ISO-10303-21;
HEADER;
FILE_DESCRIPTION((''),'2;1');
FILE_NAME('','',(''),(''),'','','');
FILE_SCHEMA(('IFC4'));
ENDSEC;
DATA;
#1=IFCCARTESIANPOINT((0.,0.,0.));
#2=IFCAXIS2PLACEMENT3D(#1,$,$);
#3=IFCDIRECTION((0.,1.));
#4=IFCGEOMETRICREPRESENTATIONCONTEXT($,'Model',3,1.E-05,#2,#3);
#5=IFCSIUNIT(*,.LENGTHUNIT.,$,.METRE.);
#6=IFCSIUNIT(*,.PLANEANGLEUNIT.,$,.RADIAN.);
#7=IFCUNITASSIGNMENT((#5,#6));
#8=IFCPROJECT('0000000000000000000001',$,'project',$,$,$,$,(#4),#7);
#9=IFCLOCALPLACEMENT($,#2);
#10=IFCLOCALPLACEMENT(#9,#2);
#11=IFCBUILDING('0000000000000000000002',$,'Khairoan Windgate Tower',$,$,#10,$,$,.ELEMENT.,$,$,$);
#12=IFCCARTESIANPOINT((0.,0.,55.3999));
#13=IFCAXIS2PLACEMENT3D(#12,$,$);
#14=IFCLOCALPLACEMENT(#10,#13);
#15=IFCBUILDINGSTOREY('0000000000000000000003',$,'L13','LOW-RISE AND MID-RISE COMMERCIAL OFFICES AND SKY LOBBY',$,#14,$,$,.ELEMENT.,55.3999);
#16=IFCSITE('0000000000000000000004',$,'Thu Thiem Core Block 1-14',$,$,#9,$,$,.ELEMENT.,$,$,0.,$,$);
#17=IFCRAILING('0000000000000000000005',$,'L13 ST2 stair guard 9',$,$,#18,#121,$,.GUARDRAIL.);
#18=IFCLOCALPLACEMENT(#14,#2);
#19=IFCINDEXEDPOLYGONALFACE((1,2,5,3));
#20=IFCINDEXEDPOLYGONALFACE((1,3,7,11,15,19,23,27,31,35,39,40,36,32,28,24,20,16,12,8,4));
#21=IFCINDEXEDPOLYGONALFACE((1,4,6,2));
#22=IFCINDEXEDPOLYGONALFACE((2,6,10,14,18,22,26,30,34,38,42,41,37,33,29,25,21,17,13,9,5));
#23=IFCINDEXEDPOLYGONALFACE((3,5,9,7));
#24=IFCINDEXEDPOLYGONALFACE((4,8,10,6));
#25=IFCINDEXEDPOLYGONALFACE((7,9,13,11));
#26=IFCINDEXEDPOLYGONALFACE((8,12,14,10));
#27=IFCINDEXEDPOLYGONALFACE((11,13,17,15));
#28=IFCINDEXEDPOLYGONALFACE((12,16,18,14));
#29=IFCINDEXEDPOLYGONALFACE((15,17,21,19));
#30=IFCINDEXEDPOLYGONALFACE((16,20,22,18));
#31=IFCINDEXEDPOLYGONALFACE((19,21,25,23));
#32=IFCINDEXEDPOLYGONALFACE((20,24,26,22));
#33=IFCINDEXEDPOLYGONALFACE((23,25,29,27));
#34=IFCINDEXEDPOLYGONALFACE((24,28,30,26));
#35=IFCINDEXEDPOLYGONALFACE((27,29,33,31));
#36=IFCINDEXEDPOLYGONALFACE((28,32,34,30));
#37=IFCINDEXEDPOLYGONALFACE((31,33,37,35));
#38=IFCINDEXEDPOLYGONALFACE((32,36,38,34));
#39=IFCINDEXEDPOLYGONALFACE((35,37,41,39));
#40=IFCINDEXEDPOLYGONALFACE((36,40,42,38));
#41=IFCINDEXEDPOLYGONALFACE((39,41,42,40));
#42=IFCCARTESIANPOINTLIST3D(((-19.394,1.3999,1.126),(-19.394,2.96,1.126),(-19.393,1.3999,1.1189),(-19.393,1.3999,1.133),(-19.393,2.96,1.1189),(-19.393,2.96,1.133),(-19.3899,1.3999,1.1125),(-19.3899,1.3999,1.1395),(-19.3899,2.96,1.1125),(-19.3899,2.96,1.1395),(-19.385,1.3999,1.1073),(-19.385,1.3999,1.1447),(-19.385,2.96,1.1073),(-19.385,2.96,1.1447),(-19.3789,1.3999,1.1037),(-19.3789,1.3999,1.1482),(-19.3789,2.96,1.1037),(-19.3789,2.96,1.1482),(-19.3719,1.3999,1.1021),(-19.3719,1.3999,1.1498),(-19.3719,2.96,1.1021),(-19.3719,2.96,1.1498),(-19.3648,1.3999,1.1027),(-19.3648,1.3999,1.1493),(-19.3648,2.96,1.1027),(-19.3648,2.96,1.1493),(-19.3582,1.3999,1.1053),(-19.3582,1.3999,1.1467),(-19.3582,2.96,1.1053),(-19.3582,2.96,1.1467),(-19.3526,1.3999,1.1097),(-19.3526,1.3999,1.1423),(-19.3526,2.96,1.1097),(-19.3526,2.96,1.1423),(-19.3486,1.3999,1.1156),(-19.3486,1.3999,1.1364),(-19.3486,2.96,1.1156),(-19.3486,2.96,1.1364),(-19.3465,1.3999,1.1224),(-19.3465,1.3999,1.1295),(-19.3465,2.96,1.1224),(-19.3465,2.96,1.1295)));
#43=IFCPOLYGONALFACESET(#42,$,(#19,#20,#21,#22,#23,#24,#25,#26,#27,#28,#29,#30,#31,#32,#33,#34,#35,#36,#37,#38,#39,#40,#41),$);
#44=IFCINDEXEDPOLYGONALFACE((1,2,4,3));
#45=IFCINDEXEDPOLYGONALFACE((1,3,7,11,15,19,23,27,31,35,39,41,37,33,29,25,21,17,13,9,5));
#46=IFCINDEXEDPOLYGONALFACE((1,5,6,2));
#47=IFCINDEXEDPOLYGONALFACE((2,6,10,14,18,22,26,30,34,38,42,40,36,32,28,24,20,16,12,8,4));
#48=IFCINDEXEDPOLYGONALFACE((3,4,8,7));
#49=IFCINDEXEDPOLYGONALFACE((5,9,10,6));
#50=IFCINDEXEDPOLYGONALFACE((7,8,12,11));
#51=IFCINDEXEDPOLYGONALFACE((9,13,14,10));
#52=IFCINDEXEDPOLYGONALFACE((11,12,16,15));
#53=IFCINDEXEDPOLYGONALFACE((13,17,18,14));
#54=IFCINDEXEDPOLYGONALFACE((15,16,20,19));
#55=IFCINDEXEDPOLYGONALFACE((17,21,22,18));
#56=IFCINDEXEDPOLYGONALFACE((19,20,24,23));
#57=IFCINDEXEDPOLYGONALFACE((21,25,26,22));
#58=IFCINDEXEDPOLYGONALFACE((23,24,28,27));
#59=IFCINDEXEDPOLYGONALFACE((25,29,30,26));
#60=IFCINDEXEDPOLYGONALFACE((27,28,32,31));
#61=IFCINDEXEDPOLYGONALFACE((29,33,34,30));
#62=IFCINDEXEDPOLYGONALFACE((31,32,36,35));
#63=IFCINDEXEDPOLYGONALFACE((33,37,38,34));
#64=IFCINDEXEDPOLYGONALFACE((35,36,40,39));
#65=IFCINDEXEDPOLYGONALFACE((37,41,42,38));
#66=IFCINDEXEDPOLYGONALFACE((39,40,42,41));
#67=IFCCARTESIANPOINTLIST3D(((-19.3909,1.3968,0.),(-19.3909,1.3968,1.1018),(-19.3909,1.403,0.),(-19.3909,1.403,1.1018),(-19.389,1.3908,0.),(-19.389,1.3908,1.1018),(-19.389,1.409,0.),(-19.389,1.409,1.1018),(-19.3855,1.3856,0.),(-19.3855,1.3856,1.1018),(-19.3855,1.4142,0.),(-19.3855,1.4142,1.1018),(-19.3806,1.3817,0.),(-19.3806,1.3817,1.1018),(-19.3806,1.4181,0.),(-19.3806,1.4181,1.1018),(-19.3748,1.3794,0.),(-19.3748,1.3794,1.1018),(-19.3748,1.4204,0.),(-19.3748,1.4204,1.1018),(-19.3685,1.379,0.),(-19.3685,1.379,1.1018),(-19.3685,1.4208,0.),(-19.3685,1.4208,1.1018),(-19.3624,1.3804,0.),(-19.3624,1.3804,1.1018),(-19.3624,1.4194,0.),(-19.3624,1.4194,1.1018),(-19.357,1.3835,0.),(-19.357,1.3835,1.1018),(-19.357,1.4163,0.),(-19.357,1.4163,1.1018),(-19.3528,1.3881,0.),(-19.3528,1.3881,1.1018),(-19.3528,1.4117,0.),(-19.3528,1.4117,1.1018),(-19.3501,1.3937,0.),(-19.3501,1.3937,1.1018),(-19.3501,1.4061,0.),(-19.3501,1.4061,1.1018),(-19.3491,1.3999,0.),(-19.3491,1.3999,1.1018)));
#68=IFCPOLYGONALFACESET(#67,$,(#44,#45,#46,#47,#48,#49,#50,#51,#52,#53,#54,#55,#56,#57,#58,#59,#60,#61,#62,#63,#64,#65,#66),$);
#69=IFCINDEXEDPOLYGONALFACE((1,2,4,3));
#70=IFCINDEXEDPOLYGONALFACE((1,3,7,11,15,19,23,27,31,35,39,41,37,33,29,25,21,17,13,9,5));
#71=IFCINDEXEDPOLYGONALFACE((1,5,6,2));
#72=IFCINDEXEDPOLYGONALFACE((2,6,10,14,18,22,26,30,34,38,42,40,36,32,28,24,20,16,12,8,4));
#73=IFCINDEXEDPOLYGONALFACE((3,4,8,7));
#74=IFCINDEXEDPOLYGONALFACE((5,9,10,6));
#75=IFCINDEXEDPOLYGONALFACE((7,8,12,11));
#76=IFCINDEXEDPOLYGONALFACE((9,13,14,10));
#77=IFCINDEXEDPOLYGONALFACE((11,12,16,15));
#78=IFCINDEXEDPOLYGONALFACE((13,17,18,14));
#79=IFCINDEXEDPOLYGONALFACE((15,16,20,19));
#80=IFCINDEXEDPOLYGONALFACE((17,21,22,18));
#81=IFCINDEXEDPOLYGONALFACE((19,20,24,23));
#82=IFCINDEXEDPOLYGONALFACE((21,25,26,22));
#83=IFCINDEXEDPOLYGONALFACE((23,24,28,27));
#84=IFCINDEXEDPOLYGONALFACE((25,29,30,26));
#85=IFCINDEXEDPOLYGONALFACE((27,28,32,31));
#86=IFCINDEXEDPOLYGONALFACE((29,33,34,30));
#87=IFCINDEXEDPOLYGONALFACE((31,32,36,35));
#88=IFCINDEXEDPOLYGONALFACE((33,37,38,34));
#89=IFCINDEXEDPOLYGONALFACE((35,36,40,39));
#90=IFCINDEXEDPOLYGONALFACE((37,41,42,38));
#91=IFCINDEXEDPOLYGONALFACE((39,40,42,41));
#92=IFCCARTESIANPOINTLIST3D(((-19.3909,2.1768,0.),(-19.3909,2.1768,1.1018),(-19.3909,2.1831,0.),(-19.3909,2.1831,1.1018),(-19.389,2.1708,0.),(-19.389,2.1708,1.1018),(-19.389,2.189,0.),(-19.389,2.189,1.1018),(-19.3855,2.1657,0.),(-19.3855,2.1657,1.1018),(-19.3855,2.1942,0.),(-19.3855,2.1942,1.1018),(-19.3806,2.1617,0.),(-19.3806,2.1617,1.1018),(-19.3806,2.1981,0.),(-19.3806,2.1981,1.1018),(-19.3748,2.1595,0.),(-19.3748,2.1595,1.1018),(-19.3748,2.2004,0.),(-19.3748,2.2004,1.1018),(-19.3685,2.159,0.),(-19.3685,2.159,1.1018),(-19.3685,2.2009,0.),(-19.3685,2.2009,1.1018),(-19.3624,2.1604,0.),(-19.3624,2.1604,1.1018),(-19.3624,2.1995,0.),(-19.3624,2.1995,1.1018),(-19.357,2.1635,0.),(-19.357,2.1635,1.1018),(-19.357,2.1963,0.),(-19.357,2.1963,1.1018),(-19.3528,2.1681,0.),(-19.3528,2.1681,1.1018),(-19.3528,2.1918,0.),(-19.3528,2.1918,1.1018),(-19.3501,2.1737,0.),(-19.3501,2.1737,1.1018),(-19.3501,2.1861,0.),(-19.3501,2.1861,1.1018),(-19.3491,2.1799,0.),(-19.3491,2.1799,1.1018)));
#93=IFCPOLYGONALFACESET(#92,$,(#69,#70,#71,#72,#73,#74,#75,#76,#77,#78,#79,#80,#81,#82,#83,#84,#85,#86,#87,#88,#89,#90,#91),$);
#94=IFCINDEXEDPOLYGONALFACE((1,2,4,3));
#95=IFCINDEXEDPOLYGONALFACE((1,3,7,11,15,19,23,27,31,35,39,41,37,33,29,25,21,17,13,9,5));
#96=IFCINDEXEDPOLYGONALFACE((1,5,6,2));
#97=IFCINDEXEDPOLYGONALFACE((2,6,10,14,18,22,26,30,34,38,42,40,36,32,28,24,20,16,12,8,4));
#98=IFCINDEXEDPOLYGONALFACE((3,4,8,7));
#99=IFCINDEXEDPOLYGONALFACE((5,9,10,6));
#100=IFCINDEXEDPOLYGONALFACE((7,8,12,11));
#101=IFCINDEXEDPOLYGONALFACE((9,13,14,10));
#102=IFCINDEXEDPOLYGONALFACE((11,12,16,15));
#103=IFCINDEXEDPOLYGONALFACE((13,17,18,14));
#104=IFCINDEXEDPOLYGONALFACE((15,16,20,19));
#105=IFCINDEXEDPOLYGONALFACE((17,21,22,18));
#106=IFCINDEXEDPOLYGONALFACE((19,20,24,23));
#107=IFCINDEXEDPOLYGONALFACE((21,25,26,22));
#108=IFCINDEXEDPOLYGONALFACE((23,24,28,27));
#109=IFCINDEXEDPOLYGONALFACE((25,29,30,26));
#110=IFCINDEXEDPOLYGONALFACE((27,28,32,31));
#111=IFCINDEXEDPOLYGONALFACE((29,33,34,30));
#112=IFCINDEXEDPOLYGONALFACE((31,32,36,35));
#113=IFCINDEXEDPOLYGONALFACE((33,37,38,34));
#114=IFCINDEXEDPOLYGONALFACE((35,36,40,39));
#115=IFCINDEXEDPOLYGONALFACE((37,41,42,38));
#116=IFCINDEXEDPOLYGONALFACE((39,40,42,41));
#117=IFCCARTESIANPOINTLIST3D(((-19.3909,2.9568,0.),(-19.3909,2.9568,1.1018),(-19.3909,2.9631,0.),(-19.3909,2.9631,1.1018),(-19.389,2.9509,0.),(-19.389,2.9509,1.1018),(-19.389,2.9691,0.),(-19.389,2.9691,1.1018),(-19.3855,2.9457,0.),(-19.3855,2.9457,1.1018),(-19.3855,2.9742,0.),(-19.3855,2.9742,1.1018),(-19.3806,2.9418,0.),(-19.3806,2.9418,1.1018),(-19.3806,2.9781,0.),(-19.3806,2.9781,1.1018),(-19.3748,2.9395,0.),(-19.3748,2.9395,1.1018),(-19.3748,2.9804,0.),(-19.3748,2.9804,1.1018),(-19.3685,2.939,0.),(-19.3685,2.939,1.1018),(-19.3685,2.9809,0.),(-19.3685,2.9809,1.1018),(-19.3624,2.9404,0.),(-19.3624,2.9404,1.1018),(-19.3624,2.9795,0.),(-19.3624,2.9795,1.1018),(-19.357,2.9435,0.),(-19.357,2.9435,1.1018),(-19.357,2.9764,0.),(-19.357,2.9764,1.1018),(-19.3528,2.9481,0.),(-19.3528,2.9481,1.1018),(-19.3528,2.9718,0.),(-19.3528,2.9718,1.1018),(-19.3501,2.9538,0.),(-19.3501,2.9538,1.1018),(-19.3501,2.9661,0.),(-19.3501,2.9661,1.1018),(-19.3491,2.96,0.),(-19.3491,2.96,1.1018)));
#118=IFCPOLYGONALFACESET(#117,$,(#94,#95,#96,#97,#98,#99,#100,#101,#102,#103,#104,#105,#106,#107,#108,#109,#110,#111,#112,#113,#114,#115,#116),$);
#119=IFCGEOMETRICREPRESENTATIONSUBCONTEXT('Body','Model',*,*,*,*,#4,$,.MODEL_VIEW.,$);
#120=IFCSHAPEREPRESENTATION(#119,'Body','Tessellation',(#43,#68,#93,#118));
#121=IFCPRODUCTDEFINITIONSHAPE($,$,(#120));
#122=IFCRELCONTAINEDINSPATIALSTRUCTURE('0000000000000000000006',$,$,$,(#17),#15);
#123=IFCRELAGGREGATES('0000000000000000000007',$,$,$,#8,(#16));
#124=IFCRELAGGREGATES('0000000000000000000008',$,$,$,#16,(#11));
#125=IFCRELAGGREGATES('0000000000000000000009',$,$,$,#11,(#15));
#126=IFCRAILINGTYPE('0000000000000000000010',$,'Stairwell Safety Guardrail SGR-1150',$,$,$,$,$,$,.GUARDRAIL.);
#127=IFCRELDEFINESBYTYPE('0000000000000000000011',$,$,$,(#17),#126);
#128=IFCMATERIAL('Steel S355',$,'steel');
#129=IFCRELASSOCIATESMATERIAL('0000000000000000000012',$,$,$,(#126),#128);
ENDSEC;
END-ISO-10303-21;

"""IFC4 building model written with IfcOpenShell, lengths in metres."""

from ifc_helpers import new_model, si_unit, direction, frame, origin, origin_2d, place, context, subcontext, project, spatial, circle, extrude, material, type_object, element, save


model = new_model("IFC4")

# Units and contexts
model_context = context("Model", 3, precision=1e-05, world=origin(), true_north=direction((0.0, 1.0)))
body_context = subcontext(model_context, "Body", "Model", "MODEL_VIEW")
ifc_project = project(units=[si_unit("LENGTHUNIT", "METRE"), si_unit("PLANEANGLEUNIT", "RADIAN")], contexts=[model_context])

# Site, building, storey
site_placement = place(None, origin())
site = spatial("IfcSite", under=ifc_project, at=site_placement, Name="Thu Thiem Core Block 1-14", CompositionType="ELEMENT", RefElevation=0.0)
building_placement = place(site_placement, origin())
building = spatial("IfcBuilding", under=site, at=building_placement, Name="Khairoan Windgate Tower", CompositionType="ELEMENT")
storey_placement = place(building_placement, frame((0.0, 0.0, 55.3999)))
storey = spatial("IfcBuildingStorey", under=building, at=storey_placement, Name="L13", Description="LOW-RISE AND MID-RISE COMMERCIAL OFFICES AND SKY LOBBY", CompositionType="ELEMENT", Elevation=55.3999)

# Railing
ifc_material_1 = material(Name="Steel S355", Category="steel")
railing_type_1 = type_object("IfcRailingType", Name="Stairwell Safety Guardrail SGR-1150", PredefinedType="GUARDRAIL", material=ifc_material_1)
for number, where, name in (
    (1, (-19.3701, 1.3999, 0.0), "L13 ST2 stair guard 9"),
):
    element("IfcRailing", number, at=place(storey_placement, frame(where)), inside=storey, type_object=railing_type_1, Name=name, PredefinedType="GUARDRAIL", context=body_context, shape_type="SweptSolid", body=[
        extrude(circle(Radius=0.0239, at=origin_2d()), frame((0.0, 0.0, 1.126), z_axis=(0.0, 1.0, 0.0), x_axis=(-1.0, 0.0, 0.0)), (0.0, 0.0, 1.0), 1.5601),
        extrude(circle(Radius=0.021, at=origin_2d()), origin(), (0.0, 0.0, 1.0), 1.1018),
        extrude(circle(Radius=0.021, at=origin_2d()), frame((0.0, 0.78, 0.0)), (0.0, 0.0, 1.0), 1.1018),
        extrude(circle(Radius=0.021, at=origin_2d()), frame((0.0, 1.5601, 0.0)), (0.0, 0.0, 1.0), 1.1018),
    ])

save(model, "model.ifc")
